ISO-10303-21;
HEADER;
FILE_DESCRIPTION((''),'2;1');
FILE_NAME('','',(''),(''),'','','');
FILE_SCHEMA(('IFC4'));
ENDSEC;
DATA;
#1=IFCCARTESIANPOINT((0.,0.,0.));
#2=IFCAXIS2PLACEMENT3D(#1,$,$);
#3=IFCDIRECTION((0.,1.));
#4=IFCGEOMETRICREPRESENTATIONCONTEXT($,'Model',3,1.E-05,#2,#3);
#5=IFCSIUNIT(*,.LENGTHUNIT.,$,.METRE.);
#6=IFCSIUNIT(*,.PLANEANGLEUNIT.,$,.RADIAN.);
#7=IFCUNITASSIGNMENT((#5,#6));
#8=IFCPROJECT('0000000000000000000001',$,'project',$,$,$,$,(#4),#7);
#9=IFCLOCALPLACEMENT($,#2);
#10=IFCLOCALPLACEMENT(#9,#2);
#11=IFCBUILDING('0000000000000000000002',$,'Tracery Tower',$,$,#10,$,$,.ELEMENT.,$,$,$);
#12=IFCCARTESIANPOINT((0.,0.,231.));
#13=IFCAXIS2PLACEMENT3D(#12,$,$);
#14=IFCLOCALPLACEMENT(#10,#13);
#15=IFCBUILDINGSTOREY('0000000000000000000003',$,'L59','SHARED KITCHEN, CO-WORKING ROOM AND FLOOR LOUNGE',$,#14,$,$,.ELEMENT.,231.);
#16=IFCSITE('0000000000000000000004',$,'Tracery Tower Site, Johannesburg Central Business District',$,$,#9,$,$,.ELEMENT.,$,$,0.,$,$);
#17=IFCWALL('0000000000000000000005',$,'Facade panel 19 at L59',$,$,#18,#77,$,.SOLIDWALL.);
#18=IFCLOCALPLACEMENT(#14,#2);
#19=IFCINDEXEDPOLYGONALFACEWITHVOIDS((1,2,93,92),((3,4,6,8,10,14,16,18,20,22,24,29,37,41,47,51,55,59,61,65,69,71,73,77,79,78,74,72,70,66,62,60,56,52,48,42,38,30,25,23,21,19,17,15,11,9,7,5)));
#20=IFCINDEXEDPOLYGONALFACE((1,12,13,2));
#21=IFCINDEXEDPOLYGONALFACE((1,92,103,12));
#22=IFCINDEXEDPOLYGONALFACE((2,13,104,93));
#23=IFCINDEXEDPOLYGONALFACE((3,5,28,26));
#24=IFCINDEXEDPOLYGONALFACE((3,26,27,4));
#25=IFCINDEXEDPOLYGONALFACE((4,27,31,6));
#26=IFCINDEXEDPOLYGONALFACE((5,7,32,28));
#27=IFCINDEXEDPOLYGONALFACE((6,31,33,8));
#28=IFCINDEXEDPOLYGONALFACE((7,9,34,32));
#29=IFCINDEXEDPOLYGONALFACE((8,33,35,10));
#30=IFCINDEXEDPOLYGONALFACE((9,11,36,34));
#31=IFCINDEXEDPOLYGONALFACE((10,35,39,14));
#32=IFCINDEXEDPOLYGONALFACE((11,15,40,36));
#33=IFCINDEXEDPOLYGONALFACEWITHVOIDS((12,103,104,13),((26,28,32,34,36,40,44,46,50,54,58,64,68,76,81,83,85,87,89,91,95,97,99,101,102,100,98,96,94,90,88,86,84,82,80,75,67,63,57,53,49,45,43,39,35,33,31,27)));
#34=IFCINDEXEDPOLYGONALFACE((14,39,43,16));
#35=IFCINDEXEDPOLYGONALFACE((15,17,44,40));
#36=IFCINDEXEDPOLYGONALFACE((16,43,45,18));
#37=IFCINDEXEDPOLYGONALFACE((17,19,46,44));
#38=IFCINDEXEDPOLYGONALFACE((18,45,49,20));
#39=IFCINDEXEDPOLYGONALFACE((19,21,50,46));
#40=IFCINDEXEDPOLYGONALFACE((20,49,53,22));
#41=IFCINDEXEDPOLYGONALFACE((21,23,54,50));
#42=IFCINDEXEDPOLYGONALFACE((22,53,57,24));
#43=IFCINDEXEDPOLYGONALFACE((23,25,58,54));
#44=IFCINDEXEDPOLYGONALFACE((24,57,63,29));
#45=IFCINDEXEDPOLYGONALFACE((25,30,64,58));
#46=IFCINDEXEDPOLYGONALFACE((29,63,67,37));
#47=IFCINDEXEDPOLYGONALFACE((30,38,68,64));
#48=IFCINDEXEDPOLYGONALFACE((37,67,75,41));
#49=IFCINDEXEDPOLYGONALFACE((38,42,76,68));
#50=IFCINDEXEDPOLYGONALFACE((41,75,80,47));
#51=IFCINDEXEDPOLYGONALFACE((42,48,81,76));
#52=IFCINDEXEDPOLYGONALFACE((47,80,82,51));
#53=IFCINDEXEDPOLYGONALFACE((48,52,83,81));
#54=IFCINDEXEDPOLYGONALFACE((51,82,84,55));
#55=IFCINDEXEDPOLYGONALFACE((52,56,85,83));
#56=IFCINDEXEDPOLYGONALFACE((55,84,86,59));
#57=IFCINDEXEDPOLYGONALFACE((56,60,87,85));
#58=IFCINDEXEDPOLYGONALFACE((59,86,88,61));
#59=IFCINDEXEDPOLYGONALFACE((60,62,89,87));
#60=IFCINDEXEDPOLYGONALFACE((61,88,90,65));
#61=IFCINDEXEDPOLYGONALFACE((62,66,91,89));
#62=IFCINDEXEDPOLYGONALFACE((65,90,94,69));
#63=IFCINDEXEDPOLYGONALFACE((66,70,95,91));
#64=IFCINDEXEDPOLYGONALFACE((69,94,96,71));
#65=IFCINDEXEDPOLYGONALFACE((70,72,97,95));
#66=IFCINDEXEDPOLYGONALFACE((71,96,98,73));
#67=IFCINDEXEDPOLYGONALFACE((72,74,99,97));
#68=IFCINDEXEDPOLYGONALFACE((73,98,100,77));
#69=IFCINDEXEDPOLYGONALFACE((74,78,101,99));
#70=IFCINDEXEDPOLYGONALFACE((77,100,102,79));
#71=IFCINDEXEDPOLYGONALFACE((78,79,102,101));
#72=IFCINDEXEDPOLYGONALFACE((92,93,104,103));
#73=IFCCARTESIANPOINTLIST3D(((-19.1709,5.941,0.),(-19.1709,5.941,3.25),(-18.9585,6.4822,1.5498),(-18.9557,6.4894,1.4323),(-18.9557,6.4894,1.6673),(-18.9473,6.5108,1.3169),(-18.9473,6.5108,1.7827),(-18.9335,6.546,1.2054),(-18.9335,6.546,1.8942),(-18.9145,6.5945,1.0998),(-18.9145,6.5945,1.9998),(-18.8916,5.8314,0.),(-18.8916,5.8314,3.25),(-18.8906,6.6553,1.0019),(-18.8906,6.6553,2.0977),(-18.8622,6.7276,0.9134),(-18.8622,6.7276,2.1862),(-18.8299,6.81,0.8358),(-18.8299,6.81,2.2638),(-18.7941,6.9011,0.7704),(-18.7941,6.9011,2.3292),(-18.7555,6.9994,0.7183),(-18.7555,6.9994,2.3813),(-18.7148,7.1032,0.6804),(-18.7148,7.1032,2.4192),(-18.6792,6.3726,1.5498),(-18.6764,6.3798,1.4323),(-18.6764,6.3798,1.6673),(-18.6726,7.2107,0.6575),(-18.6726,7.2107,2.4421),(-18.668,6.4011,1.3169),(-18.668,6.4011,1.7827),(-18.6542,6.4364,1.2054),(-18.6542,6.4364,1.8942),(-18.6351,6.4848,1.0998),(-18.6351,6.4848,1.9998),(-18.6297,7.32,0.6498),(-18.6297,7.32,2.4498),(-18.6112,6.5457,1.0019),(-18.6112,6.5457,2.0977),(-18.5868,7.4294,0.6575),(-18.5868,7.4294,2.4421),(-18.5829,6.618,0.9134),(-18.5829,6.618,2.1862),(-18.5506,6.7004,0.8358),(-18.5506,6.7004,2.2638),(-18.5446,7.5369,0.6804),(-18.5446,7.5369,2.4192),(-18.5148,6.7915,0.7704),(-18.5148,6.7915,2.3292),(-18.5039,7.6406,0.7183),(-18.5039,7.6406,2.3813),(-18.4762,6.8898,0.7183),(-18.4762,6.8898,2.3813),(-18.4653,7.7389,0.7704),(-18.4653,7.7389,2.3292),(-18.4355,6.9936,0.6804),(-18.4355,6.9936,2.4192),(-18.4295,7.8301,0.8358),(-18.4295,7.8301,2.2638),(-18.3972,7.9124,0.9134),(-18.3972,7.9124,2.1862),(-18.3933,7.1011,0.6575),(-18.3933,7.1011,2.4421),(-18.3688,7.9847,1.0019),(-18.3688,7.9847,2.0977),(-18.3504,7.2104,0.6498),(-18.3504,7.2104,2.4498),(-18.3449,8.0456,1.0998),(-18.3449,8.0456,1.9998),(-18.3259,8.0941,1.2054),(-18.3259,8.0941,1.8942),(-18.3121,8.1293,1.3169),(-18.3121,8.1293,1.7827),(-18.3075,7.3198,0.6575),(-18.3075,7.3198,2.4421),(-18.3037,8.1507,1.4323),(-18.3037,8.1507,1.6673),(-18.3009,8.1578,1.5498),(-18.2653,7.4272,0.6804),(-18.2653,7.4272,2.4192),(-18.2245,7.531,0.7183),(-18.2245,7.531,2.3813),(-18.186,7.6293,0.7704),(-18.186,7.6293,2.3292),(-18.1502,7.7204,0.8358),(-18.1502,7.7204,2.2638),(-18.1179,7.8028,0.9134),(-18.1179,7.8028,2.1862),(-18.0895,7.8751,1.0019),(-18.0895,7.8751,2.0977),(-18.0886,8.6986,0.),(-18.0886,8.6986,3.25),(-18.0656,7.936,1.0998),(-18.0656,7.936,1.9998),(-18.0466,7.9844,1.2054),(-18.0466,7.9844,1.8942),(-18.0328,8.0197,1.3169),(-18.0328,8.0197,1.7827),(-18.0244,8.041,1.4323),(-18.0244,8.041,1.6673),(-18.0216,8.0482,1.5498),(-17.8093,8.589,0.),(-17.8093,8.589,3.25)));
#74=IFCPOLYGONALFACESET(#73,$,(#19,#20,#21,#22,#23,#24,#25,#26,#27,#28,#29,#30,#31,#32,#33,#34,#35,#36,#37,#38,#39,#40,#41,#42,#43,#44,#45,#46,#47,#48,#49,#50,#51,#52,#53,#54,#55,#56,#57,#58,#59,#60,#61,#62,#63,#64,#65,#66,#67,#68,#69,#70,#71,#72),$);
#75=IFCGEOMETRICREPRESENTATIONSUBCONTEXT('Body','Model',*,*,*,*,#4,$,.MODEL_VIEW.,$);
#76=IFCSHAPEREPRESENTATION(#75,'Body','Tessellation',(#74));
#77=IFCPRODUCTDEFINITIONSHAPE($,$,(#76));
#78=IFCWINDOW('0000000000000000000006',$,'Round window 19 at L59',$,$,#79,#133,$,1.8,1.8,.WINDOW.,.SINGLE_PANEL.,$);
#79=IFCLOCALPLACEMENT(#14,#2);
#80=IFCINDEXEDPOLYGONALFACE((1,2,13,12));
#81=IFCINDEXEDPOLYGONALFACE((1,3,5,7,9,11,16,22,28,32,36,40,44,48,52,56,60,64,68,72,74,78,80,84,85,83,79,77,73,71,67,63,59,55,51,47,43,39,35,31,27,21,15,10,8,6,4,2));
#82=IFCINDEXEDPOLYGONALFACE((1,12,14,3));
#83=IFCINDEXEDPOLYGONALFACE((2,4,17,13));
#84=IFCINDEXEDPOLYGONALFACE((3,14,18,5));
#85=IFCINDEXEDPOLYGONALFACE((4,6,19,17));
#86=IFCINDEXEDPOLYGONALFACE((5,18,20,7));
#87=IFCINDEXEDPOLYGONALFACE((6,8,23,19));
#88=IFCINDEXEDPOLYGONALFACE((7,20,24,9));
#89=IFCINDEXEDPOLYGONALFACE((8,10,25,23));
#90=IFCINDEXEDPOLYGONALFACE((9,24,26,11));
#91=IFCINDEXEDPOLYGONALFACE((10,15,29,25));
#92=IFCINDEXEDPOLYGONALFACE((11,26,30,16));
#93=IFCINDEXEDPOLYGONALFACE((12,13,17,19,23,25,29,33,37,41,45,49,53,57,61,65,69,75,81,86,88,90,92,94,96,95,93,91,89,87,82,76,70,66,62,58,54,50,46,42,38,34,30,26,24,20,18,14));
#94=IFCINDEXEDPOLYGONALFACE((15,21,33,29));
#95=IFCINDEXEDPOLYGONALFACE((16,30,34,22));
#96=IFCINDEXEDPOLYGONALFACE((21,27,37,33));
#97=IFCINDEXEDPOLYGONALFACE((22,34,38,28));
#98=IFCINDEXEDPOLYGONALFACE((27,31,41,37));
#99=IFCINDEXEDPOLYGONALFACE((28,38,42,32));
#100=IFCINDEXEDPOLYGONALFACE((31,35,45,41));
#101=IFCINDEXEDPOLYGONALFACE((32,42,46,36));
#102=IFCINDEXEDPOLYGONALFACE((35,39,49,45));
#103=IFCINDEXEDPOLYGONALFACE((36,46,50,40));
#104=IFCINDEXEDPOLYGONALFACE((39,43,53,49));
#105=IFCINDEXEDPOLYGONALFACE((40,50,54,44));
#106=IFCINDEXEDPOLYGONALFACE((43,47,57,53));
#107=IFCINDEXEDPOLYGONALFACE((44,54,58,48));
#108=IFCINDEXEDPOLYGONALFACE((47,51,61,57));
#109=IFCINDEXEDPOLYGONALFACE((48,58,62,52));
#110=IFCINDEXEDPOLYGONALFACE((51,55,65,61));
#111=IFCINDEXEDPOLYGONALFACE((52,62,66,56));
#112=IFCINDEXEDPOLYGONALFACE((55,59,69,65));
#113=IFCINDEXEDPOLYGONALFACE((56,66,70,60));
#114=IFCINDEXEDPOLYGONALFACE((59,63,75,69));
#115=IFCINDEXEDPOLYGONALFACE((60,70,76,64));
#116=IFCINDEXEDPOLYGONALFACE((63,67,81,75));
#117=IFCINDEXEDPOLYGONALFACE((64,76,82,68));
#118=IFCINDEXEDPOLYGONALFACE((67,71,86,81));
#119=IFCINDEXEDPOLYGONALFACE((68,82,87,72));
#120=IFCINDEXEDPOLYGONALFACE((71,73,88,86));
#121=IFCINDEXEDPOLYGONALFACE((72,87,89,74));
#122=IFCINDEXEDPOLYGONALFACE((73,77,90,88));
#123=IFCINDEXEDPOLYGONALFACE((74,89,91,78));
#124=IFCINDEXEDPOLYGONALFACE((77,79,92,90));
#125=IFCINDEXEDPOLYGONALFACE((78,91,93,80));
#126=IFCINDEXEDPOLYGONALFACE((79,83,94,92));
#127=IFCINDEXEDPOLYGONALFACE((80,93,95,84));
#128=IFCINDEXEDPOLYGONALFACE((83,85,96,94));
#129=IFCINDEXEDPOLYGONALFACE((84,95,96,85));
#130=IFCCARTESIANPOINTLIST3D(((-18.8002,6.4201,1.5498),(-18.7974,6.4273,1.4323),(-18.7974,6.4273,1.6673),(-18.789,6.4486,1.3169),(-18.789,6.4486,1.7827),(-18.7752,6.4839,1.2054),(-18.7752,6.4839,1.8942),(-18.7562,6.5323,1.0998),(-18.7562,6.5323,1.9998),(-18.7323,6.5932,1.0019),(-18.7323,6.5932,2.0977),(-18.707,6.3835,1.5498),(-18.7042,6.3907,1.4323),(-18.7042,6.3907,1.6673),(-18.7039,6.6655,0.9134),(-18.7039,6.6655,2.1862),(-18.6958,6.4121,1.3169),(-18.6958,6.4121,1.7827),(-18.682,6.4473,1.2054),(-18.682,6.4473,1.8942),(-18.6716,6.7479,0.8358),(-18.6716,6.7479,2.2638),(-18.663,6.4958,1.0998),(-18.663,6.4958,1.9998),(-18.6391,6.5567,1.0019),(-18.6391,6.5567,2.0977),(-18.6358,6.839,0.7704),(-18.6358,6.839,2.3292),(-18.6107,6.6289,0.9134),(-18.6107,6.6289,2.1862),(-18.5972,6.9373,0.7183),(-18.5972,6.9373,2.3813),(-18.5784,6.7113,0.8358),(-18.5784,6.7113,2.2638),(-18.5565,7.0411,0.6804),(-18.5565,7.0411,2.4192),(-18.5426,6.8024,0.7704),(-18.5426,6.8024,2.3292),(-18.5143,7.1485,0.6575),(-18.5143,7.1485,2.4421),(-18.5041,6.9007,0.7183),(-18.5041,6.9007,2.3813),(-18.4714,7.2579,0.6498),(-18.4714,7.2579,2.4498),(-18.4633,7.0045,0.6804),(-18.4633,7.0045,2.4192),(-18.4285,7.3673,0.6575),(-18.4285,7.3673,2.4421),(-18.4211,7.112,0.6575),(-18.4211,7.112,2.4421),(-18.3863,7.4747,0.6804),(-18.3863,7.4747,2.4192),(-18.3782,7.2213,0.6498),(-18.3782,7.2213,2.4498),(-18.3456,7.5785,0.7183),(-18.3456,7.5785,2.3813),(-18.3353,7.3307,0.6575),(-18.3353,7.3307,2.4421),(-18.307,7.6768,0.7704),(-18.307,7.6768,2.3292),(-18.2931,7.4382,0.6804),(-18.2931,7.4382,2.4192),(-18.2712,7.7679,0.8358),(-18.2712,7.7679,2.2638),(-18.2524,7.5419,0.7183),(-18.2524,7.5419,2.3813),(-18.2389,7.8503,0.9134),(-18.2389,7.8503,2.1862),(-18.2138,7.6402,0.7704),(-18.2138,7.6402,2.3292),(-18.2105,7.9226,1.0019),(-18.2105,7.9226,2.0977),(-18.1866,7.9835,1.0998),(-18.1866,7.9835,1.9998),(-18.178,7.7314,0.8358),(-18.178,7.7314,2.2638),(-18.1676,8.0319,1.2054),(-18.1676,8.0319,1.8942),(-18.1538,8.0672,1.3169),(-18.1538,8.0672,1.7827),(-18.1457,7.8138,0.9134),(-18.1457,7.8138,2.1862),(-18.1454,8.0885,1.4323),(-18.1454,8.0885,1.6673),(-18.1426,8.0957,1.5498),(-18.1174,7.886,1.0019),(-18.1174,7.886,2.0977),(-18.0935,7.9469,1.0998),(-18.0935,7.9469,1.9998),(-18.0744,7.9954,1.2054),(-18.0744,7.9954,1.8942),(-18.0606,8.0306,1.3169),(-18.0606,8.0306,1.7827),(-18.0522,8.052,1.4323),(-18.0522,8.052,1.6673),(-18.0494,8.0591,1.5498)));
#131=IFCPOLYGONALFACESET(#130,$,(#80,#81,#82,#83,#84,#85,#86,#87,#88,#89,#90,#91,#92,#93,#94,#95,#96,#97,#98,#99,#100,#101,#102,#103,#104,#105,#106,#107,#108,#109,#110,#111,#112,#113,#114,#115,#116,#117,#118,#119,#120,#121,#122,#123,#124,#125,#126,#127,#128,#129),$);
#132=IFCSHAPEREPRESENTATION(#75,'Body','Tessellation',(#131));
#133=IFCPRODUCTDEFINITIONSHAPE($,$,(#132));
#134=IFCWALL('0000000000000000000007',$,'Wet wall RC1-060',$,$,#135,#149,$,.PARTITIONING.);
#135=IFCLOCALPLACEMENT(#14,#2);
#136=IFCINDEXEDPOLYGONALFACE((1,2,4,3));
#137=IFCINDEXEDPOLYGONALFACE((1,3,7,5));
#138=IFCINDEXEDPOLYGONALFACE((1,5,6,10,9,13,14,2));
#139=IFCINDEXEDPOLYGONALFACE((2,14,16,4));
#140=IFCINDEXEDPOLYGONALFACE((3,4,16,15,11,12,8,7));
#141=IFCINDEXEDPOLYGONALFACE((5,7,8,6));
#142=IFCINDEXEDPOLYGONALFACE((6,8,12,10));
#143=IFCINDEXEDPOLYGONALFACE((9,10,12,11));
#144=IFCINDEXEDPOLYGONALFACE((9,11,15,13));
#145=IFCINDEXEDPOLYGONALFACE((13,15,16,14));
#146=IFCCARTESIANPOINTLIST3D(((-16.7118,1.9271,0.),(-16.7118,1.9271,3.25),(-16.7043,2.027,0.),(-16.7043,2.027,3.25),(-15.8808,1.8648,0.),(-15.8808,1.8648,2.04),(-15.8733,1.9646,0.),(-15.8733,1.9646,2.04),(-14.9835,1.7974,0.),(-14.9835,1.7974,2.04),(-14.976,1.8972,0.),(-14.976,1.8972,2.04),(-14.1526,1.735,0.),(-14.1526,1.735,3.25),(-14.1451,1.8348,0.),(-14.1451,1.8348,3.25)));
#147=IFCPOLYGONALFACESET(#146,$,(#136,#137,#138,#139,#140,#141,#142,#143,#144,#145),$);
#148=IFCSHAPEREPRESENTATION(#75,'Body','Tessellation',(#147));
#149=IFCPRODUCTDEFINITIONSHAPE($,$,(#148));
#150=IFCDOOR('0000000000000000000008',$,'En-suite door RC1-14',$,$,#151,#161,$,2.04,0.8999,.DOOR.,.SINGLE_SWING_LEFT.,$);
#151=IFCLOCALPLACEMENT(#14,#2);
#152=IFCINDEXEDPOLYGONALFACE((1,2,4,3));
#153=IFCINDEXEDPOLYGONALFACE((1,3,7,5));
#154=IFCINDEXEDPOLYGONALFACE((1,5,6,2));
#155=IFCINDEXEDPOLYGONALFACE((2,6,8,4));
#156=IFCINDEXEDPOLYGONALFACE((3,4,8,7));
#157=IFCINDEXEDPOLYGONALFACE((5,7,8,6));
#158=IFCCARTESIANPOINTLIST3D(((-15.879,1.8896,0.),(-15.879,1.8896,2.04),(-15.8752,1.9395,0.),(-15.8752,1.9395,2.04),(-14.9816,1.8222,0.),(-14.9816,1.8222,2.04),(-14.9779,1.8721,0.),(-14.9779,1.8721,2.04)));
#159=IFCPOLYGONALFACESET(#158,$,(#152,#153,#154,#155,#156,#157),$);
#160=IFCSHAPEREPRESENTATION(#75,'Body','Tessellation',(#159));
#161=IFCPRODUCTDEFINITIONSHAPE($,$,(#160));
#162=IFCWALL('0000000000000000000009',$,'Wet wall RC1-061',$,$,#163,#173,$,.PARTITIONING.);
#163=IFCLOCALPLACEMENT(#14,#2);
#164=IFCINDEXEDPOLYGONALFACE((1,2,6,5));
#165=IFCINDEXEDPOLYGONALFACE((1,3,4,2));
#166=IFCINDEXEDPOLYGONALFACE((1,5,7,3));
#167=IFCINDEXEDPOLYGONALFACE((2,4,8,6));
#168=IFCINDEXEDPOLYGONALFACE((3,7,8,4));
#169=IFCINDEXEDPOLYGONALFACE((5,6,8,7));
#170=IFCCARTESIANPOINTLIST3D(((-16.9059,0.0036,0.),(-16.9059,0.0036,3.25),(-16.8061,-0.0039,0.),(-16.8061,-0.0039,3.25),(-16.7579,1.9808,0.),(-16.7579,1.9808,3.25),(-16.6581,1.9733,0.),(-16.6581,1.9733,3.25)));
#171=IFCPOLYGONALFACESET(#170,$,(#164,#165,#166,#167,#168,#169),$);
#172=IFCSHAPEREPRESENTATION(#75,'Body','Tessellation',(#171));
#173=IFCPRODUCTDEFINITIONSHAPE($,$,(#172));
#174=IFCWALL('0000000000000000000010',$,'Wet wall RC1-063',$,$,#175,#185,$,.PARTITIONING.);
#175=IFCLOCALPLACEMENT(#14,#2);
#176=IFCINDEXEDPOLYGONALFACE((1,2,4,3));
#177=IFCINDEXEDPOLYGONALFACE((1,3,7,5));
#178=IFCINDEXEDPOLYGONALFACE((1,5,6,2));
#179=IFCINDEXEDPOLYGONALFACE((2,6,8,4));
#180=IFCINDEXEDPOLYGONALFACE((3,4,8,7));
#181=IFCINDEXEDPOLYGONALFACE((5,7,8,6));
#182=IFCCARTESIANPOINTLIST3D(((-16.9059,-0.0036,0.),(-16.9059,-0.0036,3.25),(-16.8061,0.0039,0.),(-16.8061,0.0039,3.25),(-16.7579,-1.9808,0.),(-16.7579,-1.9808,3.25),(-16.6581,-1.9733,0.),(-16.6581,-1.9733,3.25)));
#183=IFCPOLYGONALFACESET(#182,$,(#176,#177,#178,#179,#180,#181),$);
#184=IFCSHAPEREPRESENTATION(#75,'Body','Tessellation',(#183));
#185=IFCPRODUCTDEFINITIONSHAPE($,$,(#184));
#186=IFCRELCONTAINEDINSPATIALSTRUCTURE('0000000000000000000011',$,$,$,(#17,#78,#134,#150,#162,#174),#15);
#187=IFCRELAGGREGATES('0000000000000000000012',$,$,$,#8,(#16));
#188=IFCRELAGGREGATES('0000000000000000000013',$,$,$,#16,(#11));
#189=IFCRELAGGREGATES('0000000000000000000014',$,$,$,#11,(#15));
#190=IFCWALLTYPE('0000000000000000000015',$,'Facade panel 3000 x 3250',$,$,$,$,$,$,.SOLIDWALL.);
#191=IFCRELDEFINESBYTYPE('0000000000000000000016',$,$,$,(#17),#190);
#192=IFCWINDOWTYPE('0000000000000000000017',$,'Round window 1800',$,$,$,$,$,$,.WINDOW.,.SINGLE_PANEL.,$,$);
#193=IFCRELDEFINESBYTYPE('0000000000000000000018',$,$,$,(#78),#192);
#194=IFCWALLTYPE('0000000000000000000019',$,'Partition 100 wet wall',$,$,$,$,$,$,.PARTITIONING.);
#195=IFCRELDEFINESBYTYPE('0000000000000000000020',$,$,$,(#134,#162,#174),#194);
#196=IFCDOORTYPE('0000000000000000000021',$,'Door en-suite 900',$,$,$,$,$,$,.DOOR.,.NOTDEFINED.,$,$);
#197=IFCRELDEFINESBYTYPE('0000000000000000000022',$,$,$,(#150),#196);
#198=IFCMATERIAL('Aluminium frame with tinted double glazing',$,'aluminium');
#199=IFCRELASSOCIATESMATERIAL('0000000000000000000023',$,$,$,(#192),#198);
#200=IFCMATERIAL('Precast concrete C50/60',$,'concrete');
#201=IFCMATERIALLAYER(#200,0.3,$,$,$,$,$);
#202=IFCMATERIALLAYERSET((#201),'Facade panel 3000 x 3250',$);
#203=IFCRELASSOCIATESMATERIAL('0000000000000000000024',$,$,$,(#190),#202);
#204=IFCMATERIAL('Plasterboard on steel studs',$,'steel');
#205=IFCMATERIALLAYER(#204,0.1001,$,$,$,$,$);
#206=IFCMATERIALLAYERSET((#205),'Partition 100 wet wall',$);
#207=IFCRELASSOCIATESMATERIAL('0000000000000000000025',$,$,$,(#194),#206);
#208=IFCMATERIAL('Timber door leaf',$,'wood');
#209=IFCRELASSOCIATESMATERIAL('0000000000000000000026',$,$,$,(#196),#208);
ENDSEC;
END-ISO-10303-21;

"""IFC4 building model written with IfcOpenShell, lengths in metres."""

from ifc_helpers import new_model, si_unit, direction, frame, frame_2d, origin, origin_2d, place, context, subcontext, project, spatial, rectangle, circle, extrude, material, layer, layer_set, type_object, element, fill, save


model = new_model("IFC4")

# Units and contexts
model_context = context("Model", 3, precision=1e-05, world=origin(), true_north=direction((0.0, 1.0)))
body_context = subcontext(model_context, "Body", "Model", "MODEL_VIEW")
ifc_project = project(units=[si_unit("LENGTHUNIT", "METRE"), si_unit("PLANEANGLEUNIT", "RADIAN")], contexts=[model_context])

# Site, building, storey
site_placement = place(None, origin())
site = spatial("IfcSite", under=ifc_project, at=site_placement, Name="Tracery Tower Site, Johannesburg Central Business District", CompositionType="ELEMENT", RefElevation=0.0)
building_placement = place(site_placement, origin())
building = spatial("IfcBuilding", under=site, at=building_placement, Name="Tracery Tower", CompositionType="ELEMENT")
storey_placement = place(building_placement, frame((0.0, 0.0, 231.0)))
storey = spatial("IfcBuildingStorey", under=building, at=storey_placement, Name="L59", Description="SHARED KITCHEN, CO-WORKING ROOM AND FLOOR LOUNGE", CompositionType="ELEMENT", Elevation=231.0)

# Wall, opening, window
ifc_material_1 = material(Name="Aluminium frame with tinted double glazing", Category="aluminium")
window_type = type_object("IfcWindowType", Name="Round window 1800", PartitioningType="SINGLE_PANEL", PredefinedType="WINDOW", material=ifc_material_1)
ifc_material_2 = material(Name="Precast concrete C50/60", Category="concrete")
ifc_layer_1 = layer(ifc_material_2, 0.3)
ifc_layer_set_1 = layer_set([ifc_layer_1], Name="Facade panel 3000 x 3250")
wall_type_1 = type_object("IfcWallType", Name="Facade panel 3000 x 3250", PredefinedType="SOLIDWALL", material=ifc_layer_set_1)
wall_1_placement = place(storey_placement, frame((-17.949, 8.6438, 0.0), z_axis=(0.0, 0.0, 1.0), x_axis=(-0.365344, -0.930873, 0.0)))
wall_1 = element("IfcWall", 1, at=wall_1_placement, inside=storey, type_object=wall_type_1, Name="Facade panel 19 at L59", PredefinedType="SOLIDWALL", context=body_context, shape_type="SweptSolid", body=[
    extrude(rectangle(XDim=2.9624, YDim=0.3, at=frame_2d((1.4812, 0.0))), origin(), (0.0, 0.0, 1.0), 3.25),
])
opening_1_placement = place(wall_1_placement, frame((1.481, 0.0, 1.5498)))
opening_1 = element("IfcOpeningElement", 2, at=opening_1_placement, cuts=wall_1, PredefinedType="OPENING", context=body_context, shape_type="SweptSolid", body=[
    extrude(circle(Radius=0.9, at=origin_2d()), frame((0.0, 0.1599, 0.0), z_axis=(0.0, -1.0, 0.0), x_axis=(1.0, 0.0, 0.0)), (0.0, 0.0, 1.0), 0.3201),
])
window_1_placement = place(opening_1_placement, origin())
window_1 = element("IfcWindow", 3, at=window_1_placement, inside=storey, type_object=window_type, Name="Round window 19 at L59", OverallHeight=1.8, OverallWidth=1.8, PartitioningType="SINGLE_PANEL", PredefinedType="WINDOW", context=body_context, shape_type="SweptSolid", body=[
    extrude(circle(Radius=0.9, at=origin_2d()), frame((0.0, 0.1201, 0.0), z_axis=(0.0, -1.0, 0.0), x_axis=(1.0, 0.0, 0.0)), (0.0, 0.0, 1.0), 0.1001),
])
fill(opening_1, window_1)

# Wall, opening, door
ifc_material_3 = material(Name="Plasterboard on steel studs", Category="steel")
ifc_layer_2 = layer(ifc_material_3, 0.1001)
ifc_layer_set_2 = layer_set([ifc_layer_2], Name="Partition 100 wet wall")
wall_type_2 = type_object("IfcWallType", Name="Partition 100 wet wall", PredefinedType="PARTITIONING", material=ifc_layer_set_2)
wall_2_placement = place(storey_placement, frame((-16.708, 1.9771, 0.0), z_axis=(0.0, 0.0, 1.0), x_axis=(0.997193, -0.07487, 0.0)))
wall_2 = element("IfcWall", 4, at=wall_2_placement, inside=storey, type_object=wall_type_2, Name="Wet wall RC1-060", PredefinedType="PARTITIONING", context=body_context, shape_type="SweptSolid", body=[
    extrude(rectangle(XDim=2.5664, YDim=0.1001, at=frame_2d((1.2832, 0.0))), origin(), (0.0, 0.0, 1.0), 3.25),
])
opening_2_placement = place(wall_2_placement, frame((0.8333, 0.0, 0.0)))
opening_2 = element("IfcOpeningElement", 5, at=opening_2_placement, cuts=wall_2, PredefinedType="OPENING", context=body_context, shape_type="SweptSolid", body=[
    extrude(rectangle(XDim=0.8999, YDim=2.04, at=frame_2d((0.45, 1.02))), frame((0.0, 0.05, 0.0), z_axis=(0.0, -1.0, 0.0), x_axis=(1.0, 0.0, 0.0)), (0.0, 0.0, 1.0), 0.1001),
])
ifc_material_4 = material(Name="Timber door leaf", Category="wood")
door_type = type_object("IfcDoorType", Name="Door en-suite 900", OperationType="NOTDEFINED", PredefinedType="DOOR", material=ifc_material_4)
door_placement = place(opening_2_placement, origin())
door = element("IfcDoor", 6, at=door_placement, inside=storey, type_object=door_type, Name="En-suite door RC1-14", OperationType="SINGLE_SWING_LEFT", OverallHeight=2.04, OverallWidth=0.8999, PredefinedType="DOOR", context=body_context, shape_type="SweptSolid", body=[
    extrude(rectangle(XDim=0.8999, YDim=2.04, at=frame_2d((0.45, 1.02))), frame((0.0, 0.0249, 0.0), z_axis=(0.0, -1.0, 0.0), x_axis=(1.0, 0.0, 0.0)), (0.0, 0.0, 1.0), 0.05),
])
fill(opening_2, door)

# Walls
for number, where, z_axis, x_axis, name in (
    (7, (-16.856, 0.0, 0.0), (0.0, 0.0, 1.0), (0.074625, 0.997212, 0.0), "Wet wall RC1-061"),
    (8, (-16.856, 0.0, 0.0), (0.0, 0.0, 1.0), (0.074625, -0.997212, 0.0), "Wet wall RC1-063"),
):
    element("IfcWall", number, at=place(storey_placement, frame(where, z_axis=z_axis, x_axis=x_axis)), inside=storey, type_object=wall_type_2, Name=name, PredefinedType="PARTITIONING", context=body_context, shape_type="SweptSolid", body=[
        extrude(rectangle(XDim=1.9827, YDim=0.1001, at=frame_2d((0.9912, 0.0))), origin(), (0.0, 0.0, 1.0), 3.25),
    ])

save(model, "model.ifc")
